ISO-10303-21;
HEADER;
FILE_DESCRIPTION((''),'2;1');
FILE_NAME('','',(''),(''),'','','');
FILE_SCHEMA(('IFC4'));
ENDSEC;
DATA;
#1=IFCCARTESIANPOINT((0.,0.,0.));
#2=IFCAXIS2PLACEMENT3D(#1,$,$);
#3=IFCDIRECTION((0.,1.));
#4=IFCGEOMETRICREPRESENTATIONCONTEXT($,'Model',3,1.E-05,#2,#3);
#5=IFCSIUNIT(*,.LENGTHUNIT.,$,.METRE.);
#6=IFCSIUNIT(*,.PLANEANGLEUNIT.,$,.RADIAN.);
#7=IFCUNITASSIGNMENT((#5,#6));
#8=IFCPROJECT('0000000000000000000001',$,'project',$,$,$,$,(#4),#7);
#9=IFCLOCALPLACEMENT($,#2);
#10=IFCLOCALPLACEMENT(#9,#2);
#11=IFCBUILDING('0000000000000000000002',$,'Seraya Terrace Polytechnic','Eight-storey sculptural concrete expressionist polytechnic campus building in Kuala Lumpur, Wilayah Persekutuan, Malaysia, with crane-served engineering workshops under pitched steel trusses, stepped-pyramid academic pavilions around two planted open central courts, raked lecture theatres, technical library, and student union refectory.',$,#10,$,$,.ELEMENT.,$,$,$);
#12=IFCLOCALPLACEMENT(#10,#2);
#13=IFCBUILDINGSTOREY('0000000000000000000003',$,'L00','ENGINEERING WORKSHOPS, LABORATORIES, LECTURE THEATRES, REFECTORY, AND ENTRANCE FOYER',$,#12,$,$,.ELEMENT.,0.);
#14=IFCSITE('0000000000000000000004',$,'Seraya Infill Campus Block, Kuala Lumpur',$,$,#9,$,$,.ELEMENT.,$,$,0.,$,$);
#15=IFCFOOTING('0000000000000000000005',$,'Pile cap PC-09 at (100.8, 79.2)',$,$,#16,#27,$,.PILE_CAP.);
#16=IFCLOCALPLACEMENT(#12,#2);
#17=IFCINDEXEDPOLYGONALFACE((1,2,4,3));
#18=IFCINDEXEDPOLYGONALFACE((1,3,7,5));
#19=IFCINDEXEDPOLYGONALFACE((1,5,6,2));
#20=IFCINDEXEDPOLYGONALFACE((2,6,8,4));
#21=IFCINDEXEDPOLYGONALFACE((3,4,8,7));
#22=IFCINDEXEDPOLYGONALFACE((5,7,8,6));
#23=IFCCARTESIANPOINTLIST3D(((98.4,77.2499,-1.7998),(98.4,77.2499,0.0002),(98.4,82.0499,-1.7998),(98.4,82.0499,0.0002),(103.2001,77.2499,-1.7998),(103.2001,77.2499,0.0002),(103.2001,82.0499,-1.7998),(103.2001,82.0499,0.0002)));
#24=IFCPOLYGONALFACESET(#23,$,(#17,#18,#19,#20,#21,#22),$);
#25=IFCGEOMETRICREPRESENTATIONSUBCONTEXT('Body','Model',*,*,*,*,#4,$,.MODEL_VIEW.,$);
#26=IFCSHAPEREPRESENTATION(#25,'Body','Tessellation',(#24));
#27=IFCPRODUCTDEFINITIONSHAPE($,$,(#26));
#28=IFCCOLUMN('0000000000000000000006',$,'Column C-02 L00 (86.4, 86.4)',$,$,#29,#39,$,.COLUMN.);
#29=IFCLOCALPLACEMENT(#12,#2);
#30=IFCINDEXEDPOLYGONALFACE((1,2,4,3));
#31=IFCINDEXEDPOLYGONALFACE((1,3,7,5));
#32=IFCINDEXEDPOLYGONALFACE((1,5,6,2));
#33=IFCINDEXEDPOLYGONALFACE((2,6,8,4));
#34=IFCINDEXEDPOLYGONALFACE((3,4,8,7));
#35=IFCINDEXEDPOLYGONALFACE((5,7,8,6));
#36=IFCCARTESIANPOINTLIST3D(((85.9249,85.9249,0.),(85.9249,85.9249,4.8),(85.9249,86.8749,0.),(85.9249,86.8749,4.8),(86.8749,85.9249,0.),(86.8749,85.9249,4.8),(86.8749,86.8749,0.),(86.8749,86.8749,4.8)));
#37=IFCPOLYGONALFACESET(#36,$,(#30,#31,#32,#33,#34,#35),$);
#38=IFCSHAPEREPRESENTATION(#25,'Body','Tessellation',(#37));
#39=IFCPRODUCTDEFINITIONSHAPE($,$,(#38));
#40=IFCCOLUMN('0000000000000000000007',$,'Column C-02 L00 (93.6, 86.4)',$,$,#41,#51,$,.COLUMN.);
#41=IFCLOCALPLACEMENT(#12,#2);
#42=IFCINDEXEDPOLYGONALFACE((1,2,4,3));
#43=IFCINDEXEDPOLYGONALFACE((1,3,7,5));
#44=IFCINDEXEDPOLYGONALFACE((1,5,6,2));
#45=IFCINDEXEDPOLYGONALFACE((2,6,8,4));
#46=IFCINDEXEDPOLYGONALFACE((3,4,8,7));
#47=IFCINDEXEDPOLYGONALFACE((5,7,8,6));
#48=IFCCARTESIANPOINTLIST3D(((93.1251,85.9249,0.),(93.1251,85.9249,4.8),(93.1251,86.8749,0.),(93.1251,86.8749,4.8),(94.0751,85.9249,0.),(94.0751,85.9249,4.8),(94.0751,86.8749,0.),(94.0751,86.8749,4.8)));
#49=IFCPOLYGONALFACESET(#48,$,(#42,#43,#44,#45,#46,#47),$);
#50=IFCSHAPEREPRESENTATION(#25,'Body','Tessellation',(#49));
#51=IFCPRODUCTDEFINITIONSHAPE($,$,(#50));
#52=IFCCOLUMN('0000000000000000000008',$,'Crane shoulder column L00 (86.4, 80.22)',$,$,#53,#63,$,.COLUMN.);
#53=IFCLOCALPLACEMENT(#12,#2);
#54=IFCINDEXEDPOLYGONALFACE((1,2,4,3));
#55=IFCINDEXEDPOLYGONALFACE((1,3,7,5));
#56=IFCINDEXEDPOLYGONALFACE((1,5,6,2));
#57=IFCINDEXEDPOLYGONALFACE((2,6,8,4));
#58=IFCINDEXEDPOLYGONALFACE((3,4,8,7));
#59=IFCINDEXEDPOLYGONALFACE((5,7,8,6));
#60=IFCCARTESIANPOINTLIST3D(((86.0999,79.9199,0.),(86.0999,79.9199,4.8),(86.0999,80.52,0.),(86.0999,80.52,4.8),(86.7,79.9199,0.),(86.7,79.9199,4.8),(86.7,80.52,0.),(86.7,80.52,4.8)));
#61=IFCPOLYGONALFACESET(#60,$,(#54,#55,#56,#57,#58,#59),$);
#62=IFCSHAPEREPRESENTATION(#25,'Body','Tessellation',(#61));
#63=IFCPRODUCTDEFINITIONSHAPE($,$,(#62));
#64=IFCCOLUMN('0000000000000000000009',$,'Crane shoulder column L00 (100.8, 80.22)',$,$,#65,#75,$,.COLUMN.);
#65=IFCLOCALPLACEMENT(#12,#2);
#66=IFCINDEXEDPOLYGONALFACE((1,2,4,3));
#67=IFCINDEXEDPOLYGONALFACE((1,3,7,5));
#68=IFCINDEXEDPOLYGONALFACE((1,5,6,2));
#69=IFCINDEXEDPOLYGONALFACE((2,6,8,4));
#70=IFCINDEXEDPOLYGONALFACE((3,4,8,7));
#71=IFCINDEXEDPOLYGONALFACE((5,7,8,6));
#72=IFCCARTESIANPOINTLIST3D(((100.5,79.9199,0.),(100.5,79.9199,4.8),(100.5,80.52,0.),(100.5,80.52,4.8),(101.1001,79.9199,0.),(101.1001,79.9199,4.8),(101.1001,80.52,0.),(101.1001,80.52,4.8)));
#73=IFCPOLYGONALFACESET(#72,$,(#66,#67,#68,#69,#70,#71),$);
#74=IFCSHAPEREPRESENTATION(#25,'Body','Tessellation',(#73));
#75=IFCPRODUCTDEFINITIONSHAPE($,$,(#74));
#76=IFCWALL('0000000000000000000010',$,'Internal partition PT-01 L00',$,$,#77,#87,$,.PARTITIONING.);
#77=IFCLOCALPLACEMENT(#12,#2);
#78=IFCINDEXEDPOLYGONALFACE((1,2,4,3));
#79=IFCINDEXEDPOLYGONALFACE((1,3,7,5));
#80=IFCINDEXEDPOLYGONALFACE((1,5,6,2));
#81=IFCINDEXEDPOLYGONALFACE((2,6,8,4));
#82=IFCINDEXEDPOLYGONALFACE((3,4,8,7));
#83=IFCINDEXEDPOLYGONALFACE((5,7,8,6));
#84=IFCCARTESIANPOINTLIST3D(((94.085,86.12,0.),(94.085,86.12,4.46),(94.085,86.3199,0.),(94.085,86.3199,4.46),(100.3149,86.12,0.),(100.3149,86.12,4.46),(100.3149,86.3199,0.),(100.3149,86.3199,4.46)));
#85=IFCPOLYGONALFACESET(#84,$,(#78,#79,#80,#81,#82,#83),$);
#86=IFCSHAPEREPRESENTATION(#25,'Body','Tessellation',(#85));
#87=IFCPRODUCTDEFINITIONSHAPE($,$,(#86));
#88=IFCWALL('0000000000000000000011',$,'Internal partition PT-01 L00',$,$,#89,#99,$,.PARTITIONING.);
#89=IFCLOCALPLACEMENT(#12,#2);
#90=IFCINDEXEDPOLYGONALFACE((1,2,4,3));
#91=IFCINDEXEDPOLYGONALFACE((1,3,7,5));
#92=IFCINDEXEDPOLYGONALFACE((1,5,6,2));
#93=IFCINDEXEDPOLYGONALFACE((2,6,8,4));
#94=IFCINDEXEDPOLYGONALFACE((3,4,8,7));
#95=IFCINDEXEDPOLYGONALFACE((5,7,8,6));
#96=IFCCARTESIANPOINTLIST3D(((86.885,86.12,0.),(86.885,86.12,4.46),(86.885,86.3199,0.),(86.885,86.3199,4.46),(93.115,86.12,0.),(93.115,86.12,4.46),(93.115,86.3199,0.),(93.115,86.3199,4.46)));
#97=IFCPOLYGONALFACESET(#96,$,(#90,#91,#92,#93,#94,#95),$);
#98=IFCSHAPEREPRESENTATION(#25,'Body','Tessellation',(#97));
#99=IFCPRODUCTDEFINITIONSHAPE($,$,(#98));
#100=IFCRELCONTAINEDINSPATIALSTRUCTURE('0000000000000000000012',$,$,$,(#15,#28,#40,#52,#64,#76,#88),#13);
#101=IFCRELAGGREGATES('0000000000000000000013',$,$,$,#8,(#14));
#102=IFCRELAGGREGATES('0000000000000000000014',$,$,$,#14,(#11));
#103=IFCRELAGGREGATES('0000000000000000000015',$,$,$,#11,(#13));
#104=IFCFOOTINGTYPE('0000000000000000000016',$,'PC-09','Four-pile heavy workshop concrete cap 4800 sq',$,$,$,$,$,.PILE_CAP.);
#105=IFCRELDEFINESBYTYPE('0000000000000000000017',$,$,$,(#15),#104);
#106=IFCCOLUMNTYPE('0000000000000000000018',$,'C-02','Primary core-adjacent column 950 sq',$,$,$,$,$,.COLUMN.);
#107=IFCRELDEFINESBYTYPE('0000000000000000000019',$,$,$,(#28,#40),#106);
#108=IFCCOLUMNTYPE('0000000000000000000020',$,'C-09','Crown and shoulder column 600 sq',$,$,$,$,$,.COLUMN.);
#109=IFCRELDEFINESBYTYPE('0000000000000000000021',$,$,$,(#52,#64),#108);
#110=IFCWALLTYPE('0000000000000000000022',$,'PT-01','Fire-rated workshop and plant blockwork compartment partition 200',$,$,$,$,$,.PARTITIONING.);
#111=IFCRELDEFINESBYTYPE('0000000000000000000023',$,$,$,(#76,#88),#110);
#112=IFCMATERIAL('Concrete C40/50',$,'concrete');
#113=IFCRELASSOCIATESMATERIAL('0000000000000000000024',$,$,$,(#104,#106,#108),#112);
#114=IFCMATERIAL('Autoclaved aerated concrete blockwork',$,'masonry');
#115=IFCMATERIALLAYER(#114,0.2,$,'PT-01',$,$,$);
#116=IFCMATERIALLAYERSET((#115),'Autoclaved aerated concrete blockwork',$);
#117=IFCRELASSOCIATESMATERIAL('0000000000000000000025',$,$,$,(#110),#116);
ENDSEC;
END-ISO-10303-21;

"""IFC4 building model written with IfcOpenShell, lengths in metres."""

from ifc_helpers import new_model, si_unit, direction, frame, frame_2d, origin, origin_2d, place, context, subcontext, project, spatial, rectangle, extrude, material, layer, layer_set, material_profile, profile_set, type_object, element, save


model = new_model("IFC4")

# Units and contexts
model_context = context("Model", 3, precision=1e-05, world=origin(), true_north=direction((0.0, 1.0)))
body_context = subcontext(model_context, "Body", "Model", "MODEL_VIEW")
ifc_project = project(units=[si_unit("LENGTHUNIT", "METRE"), si_unit("PLANEANGLEUNIT", "RADIAN")], contexts=[model_context])

# Site, building, storey
site_placement = place(None, origin())
site = spatial("IfcSite", under=ifc_project, at=site_placement, Name="Seraya Infill Campus Block, Kuala Lumpur", CompositionType="ELEMENT", RefElevation=0.0)
building_placement = place(site_placement, origin())
building = spatial("IfcBuilding", under=site, at=building_placement, Name="Seraya Terrace Polytechnic", Description="Eight-storey sculptural concrete expressionist polytechnic campus building in Kuala Lumpur, Wilayah Persekutuan, Malaysia, with crane-served engineering workshops under pitched steel trusses, stepped-pyramid academic pavilions around two planted open central courts, raked lecture theatres, technical library, and student union refectory.", CompositionType="ELEMENT")
storey_placement = place(building_placement, origin())
storey = spatial("IfcBuildingStorey", under=building, at=storey_placement, Name="L00", Description="ENGINEERING WORKSHOPS, LABORATORIES, LECTURE THEATRES, REFECTORY, AND ENTRANCE FOYER", CompositionType="ELEMENT", Elevation=0.0)

# Shared definitions
ifc_material_1 = material(Name="Concrete C40/50", Category="concrete")

# Footing
footing_type_1 = type_object("IfcFootingType", Name="PC-09", Description="Four-pile heavy workshop concrete cap 4800 sq", PredefinedType="PILE_CAP", material=ifc_material_1)
for number, where, z_axis, x_axis, name in (
    (1, (100.8, 79.6499, -1.7998), (0.0, 0.0, 1.0), (1.0, 0.0, 0.0), "Pile cap PC-09 at (100.8, 79.2)"),
):
    element("IfcFooting", number, at=place(storey_placement, frame(where, z_axis=z_axis, x_axis=x_axis)), inside=storey, type_object=footing_type_1, Name=name, PredefinedType="PILE_CAP", context=body_context, shape_type="SweptSolid", body=[
        extrude(rectangle(XDim=4.8, YDim=4.8, at=origin_2d()), origin(), (0.0, 0.0, 1.0), 1.8),
    ])

# Columns
ifc_material_profile_1 = material_profile(ifc_material_1, rectangle(XDim=0.95, YDim=0.95, at=origin_2d()), Name="RC 950x950")
ifc_profile_set_1 = profile_set([ifc_material_profile_1], Name="Concrete C40/50")
column_type_1 = type_object("IfcColumnType", Name="C-02", Description="Primary core-adjacent column 950 sq", PredefinedType="COLUMN", material=ifc_profile_set_1)
for number, where, z_axis, x_axis, name in (
    (2, (86.3999, 86.3999, 0.0), (0.0, 0.0, 1.0), (1.0, 0.0, 0.0), "Column C-02 L00 (86.4, 86.4)"),
    (3, (93.6001, 86.3999, 0.0), (0.0, 0.0, 1.0), (1.0, 0.0, 0.0), "Column C-02 L00 (93.6, 86.4)"),
):
    element("IfcColumn", number, at=place(storey_placement, frame(where, z_axis=z_axis, x_axis=x_axis)), inside=storey, type_object=column_type_1, Name=name, PredefinedType="COLUMN", context=body_context, shape_type="SweptSolid", body=[
        extrude(rectangle(XDim=0.95, YDim=0.95, at=origin_2d()), origin(), (0.0, 0.0, 1.0), 4.8),
    ])
ifc_material_profile_2 = material_profile(ifc_material_1, rectangle(XDim=0.6001, YDim=0.6001, at=origin_2d()), Name="RC 600x600")
ifc_profile_set_2 = profile_set([ifc_material_profile_2], Name="Concrete C40/50")
column_type_2 = type_object("IfcColumnType", Name="C-09", Description="Crown and shoulder column 600 sq", PredefinedType="COLUMN", material=ifc_profile_set_2)
for number, where, z_axis, x_axis, name in (
    (4, (86.3999, 80.22, 0.0), (0.0, 0.0, 1.0), (1.0, 0.0, 0.0), "Crane shoulder column L00 (86.4, 80.22)"),
    (5, (100.8, 80.22, 0.0), (0.0, 0.0, 1.0), (1.0, 0.0, 0.0), "Crane shoulder column L00 (100.8, 80.22)"),
):
    element("IfcColumn", number, at=place(storey_placement, frame(where, z_axis=z_axis, x_axis=x_axis)), inside=storey, type_object=column_type_2, Name=name, PredefinedType="COLUMN", context=body_context, shape_type="SweptSolid", body=[
        extrude(rectangle(XDim=0.6001, YDim=0.6001, at=origin_2d()), origin(), (0.0, 0.0, 1.0), 4.8),
    ])

# Walls
ifc_material_2 = material(Name="Autoclaved aerated concrete blockwork", Category="masonry")
ifc_layer = layer(ifc_material_2, 0.2, Name="PT-01")
ifc_layer_set = layer_set([ifc_layer], Name="Autoclaved aerated concrete blockwork")
wall_type = type_object("IfcWallType", Name="PT-01", Description="Fire-rated workshop and plant blockwork compartment partition 200", PredefinedType="PARTITIONING", material=ifc_layer_set)
for number, where, z_axis, x_axis, name in (
    (6, (94.085, 86.22, 0.0), (0.0, 0.0, 1.0), (1.0, 0.0, 0.0), "Internal partition PT-01 L00"),
    (7, (86.885, 86.22, 0.0), (0.0, 0.0, 1.0), (1.0, 0.0, 0.0), "Internal partition PT-01 L00"),
):
    element("IfcWall", number, at=place(storey_placement, frame(where, z_axis=z_axis, x_axis=x_axis)), inside=storey, type_object=wall_type, Name=name, PredefinedType="PARTITIONING", context=body_context, shape_type="SweptSolid", body=[
        extrude(rectangle(XDim=6.23, YDim=0.2, at=frame_2d((3.115, 0.0))), origin(), (0.0, 0.0, 1.0), 4.46),
    ])

save(model, "model.ifc")
